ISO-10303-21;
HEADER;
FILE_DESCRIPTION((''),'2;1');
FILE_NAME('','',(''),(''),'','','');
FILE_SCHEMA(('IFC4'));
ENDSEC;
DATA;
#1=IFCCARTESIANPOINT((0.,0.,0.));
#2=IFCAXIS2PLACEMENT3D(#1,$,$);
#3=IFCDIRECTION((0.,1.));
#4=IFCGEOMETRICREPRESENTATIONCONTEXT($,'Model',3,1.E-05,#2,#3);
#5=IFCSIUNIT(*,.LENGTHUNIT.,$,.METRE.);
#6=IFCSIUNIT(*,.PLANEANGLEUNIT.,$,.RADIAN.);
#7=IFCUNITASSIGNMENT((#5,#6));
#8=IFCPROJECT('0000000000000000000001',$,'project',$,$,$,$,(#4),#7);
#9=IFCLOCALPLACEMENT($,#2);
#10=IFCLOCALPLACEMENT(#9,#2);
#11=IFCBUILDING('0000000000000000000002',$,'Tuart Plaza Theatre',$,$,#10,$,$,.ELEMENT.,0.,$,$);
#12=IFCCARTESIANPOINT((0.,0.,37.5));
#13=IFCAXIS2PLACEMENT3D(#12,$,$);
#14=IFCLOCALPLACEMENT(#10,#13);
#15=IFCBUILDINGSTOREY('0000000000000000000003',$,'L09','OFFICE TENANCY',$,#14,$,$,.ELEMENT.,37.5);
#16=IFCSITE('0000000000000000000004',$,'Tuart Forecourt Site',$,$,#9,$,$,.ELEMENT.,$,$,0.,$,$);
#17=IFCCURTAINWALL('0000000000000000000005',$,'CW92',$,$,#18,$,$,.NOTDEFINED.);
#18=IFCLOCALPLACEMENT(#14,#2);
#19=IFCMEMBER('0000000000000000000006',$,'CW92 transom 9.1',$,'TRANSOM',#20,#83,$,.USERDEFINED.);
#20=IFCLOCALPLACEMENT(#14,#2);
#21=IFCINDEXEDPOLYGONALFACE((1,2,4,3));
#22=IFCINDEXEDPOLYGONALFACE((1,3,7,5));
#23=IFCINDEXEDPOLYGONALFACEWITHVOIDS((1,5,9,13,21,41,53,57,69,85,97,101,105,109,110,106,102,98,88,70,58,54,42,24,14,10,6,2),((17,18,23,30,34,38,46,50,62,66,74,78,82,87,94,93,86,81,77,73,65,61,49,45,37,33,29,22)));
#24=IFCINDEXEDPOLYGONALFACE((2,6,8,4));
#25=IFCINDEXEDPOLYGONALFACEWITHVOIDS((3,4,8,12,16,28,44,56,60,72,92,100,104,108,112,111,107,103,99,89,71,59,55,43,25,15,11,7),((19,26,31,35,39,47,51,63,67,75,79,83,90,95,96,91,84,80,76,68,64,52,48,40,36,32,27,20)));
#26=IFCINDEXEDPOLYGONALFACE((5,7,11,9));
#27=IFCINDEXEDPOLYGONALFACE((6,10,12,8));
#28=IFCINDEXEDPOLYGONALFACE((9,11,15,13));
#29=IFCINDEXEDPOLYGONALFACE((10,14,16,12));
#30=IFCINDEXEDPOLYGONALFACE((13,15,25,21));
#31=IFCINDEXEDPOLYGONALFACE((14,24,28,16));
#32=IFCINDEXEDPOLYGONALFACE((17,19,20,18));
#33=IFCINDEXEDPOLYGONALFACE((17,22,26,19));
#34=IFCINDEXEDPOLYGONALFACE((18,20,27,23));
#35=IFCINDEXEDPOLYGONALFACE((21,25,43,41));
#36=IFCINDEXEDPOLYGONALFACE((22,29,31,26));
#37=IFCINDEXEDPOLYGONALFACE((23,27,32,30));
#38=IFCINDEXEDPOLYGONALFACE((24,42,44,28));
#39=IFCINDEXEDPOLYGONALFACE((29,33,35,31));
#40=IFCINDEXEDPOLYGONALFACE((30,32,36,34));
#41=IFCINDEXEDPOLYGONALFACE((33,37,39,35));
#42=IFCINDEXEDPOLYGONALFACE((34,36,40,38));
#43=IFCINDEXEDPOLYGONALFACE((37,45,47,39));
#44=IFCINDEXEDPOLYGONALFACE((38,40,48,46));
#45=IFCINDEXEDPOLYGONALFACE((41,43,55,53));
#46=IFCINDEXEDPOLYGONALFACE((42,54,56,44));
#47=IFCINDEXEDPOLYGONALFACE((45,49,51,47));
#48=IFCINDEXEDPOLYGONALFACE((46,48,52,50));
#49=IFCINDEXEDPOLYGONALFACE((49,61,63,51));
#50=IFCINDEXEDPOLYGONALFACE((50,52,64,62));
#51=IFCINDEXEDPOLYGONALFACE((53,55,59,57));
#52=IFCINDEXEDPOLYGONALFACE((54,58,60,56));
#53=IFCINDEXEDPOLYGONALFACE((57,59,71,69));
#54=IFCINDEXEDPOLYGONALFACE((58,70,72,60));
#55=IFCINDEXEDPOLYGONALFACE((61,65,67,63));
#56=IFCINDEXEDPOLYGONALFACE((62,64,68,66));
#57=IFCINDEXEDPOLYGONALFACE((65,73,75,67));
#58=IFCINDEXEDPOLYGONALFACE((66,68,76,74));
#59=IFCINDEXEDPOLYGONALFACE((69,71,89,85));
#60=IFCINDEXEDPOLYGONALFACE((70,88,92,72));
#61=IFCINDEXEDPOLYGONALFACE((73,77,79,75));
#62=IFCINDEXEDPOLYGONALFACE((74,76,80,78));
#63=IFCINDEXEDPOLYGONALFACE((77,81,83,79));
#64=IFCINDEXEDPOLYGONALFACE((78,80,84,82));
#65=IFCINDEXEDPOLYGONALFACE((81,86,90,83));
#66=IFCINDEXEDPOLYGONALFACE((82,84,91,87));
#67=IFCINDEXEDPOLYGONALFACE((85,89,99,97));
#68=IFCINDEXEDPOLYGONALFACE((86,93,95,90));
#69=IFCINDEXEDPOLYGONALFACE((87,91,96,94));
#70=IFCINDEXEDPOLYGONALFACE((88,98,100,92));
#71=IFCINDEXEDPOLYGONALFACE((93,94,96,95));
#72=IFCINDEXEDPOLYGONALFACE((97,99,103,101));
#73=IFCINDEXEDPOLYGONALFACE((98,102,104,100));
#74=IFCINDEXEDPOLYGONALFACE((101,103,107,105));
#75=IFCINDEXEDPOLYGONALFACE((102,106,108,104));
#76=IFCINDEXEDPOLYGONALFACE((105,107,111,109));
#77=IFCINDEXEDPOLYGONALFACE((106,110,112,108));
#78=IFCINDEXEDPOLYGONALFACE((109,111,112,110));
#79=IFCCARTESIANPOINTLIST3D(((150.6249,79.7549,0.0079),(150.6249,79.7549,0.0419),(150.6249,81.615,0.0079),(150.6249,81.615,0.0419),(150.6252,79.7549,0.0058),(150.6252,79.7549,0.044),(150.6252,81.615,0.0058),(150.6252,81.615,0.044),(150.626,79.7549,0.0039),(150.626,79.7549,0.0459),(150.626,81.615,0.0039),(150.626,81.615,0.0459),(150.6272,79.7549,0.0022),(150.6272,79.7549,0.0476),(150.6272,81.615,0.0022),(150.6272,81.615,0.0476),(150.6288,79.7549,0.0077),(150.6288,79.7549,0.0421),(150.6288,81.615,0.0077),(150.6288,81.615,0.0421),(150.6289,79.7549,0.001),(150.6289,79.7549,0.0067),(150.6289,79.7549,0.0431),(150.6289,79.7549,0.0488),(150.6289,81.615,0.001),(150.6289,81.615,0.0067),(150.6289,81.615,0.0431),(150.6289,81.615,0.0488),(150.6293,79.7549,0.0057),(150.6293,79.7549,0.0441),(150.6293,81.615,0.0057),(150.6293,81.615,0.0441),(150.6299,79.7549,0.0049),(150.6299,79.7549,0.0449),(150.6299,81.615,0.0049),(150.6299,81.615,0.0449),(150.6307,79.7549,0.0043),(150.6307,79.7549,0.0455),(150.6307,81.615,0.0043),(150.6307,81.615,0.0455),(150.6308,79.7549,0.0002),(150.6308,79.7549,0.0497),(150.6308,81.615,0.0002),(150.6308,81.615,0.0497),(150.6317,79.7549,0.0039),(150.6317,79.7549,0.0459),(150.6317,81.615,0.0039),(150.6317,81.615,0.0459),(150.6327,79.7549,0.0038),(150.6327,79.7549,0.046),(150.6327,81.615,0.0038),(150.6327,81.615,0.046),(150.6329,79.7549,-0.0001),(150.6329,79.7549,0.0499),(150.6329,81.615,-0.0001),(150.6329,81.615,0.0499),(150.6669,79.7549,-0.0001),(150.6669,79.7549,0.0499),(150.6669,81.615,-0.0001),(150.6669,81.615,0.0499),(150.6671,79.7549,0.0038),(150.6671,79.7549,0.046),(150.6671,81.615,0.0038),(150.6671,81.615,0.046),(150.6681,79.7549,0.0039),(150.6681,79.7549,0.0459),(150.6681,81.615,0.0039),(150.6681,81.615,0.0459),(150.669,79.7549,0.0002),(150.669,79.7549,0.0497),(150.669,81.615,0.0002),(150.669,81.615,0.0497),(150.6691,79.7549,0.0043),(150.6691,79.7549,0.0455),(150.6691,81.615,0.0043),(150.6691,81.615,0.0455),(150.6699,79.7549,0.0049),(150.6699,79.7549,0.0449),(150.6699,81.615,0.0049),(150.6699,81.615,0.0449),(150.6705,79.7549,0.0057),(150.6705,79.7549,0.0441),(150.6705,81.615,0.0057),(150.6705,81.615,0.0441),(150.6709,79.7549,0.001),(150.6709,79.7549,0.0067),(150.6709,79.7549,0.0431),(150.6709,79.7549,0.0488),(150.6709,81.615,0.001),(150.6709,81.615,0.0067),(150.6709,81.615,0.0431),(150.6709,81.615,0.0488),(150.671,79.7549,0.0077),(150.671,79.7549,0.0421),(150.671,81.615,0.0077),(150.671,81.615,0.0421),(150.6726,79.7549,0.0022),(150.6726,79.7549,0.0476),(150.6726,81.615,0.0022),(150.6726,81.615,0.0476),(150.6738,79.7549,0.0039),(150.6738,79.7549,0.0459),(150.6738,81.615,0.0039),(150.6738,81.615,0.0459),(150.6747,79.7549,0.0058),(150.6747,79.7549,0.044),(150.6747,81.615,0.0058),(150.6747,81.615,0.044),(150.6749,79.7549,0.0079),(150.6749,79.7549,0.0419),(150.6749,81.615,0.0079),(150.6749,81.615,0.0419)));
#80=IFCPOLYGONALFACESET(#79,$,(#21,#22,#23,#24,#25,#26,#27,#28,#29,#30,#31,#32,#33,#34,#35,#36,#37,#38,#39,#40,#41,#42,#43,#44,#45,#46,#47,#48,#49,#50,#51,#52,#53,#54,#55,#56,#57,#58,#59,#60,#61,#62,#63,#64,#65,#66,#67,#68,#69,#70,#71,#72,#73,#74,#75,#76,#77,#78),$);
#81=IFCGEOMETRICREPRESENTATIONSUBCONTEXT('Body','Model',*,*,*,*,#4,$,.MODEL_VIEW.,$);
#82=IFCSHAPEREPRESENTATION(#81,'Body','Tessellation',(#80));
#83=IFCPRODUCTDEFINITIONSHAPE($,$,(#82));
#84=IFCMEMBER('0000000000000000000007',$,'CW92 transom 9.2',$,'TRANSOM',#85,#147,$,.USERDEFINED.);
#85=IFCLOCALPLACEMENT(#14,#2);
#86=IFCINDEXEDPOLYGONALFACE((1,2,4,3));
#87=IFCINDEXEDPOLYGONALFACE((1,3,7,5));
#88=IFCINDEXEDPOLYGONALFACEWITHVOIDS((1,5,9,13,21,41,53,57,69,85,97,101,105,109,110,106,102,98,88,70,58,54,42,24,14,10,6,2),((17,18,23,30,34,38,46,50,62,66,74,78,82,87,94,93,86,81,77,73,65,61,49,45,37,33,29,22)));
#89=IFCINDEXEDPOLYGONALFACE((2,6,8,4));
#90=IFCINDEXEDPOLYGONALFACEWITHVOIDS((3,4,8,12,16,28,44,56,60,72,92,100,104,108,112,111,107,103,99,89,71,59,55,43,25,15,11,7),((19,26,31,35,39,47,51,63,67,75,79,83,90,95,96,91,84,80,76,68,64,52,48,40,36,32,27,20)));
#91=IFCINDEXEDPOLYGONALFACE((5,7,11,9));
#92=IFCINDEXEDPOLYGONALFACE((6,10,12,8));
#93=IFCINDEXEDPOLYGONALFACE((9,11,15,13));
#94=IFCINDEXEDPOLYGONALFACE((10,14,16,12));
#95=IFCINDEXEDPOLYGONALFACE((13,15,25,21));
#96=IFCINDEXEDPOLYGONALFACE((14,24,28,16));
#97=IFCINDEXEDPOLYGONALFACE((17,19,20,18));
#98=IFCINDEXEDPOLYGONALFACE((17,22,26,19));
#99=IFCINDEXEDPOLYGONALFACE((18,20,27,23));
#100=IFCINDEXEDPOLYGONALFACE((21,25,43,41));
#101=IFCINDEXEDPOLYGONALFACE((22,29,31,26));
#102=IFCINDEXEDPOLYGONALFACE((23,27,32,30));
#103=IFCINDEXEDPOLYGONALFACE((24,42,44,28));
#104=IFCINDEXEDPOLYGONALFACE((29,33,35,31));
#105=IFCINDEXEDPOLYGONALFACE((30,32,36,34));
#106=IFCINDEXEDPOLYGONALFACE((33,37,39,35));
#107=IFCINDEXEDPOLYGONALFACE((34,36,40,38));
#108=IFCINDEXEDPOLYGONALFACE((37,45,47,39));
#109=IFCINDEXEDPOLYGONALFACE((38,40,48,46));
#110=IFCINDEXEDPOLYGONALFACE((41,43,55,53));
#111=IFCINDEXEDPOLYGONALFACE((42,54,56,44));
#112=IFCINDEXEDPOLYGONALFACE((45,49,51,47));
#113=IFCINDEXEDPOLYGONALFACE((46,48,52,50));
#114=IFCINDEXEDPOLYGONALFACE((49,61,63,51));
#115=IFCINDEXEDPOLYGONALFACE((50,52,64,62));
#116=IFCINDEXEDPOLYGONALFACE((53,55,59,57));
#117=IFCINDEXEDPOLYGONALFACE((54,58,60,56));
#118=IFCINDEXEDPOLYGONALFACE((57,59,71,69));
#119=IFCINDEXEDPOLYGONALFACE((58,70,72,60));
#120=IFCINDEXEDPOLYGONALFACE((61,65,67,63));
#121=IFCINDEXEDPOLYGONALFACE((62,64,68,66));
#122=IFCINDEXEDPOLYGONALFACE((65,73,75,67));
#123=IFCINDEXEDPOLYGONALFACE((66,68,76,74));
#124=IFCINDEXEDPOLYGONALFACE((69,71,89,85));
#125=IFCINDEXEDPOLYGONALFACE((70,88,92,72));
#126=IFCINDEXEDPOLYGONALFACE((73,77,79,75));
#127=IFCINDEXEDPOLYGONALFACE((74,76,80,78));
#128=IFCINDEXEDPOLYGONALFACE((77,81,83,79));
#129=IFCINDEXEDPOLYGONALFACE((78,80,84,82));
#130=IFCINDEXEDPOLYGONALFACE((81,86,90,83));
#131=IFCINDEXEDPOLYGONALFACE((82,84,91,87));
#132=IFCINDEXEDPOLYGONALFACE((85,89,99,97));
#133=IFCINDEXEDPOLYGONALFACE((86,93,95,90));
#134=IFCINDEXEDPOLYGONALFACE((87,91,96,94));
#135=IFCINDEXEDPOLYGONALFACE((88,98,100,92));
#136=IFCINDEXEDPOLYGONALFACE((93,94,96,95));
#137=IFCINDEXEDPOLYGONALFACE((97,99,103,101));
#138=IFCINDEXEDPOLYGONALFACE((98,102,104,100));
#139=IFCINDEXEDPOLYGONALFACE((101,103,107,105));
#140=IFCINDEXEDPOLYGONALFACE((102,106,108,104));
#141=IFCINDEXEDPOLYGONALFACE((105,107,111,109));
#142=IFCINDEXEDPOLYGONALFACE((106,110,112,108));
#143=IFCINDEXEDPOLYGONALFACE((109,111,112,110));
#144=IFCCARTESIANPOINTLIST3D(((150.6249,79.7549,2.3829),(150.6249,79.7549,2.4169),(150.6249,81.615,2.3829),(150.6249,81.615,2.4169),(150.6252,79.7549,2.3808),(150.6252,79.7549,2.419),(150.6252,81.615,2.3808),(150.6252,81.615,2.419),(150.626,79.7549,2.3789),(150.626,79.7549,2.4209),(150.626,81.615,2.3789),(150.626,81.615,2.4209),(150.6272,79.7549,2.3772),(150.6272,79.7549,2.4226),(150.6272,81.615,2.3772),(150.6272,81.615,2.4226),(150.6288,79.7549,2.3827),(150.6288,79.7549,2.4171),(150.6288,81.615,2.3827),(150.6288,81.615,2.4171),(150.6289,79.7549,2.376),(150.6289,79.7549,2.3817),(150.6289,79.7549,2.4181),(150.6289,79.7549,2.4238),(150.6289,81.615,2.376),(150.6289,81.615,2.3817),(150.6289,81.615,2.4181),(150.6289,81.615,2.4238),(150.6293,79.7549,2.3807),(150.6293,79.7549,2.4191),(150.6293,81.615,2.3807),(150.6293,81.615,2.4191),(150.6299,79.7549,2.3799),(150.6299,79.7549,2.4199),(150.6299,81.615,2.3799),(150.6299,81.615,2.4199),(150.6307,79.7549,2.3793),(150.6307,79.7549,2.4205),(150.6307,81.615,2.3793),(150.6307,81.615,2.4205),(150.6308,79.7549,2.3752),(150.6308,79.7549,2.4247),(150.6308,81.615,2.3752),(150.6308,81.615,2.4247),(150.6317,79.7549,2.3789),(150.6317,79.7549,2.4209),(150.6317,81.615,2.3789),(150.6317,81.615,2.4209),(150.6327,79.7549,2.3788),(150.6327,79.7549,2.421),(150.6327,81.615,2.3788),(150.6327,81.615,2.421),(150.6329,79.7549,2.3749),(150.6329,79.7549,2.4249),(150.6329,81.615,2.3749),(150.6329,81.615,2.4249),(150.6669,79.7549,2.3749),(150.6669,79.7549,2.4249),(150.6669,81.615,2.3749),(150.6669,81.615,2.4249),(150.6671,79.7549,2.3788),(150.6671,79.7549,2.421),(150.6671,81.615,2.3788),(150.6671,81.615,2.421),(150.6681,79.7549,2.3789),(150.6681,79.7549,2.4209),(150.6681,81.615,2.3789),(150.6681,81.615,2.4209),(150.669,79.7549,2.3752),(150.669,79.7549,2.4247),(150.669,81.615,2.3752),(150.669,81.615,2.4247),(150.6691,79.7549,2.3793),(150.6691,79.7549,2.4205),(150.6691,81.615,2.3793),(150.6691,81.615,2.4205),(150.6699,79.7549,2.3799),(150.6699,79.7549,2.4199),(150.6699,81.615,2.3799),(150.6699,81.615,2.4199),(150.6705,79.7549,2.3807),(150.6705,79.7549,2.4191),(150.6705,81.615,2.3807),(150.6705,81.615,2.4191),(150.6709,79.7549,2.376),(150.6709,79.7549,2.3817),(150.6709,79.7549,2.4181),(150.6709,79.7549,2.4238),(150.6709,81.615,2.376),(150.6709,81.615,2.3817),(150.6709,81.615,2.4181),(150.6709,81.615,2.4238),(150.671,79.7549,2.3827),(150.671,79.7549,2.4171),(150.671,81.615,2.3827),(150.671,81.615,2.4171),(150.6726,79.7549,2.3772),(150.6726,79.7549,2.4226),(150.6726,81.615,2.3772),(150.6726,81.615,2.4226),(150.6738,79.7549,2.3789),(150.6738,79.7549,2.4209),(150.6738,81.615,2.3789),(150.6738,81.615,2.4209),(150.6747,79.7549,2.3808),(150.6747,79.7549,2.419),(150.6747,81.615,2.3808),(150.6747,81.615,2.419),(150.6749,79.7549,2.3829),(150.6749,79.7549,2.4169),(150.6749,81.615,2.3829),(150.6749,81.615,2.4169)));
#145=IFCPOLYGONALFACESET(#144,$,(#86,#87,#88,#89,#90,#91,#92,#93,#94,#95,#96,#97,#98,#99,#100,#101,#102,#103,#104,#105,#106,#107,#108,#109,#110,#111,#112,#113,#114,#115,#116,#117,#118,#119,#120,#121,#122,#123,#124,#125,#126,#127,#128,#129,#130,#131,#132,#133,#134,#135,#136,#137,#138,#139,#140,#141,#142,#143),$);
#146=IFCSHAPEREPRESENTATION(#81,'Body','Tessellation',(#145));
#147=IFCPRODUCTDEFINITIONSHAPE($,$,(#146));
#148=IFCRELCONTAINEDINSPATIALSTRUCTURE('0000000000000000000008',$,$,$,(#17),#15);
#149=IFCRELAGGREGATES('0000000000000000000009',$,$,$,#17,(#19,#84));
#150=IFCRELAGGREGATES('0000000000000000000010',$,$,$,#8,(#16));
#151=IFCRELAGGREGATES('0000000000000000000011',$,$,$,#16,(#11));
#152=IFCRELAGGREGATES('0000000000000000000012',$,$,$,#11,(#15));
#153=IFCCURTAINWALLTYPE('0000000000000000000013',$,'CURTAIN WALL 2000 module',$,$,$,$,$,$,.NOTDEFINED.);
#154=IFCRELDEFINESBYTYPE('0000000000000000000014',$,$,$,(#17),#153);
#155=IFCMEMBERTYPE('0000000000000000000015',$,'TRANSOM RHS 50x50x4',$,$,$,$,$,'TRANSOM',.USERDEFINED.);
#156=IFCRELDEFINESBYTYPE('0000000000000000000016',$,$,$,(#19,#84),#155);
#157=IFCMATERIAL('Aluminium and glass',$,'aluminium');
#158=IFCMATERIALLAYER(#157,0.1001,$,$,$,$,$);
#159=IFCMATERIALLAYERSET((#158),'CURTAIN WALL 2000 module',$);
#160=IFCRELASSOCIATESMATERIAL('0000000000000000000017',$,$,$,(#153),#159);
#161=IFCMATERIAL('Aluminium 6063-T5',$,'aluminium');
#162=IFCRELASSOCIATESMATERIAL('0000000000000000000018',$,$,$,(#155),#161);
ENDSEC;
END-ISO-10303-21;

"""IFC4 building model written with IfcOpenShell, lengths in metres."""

from ifc_helpers import new_model, si_unit, direction, frame, origin, origin_2d, place, context, subcontext, project, spatial, hollow_rectangle, extrude, material, layer, layer_set, material_profile, profile_set, type_object, element, aggregate, save


model = new_model("IFC4")

# Units and contexts
model_context = context("Model", 3, precision=1e-05, world=origin(), true_north=direction((0.0, 1.0)))
body_context = subcontext(model_context, "Body", "Model", "MODEL_VIEW")
ifc_project = project(units=[si_unit("LENGTHUNIT", "METRE"), si_unit("PLANEANGLEUNIT", "RADIAN")], contexts=[model_context])

# Site, building, storey
site_placement = place(None, origin())
site = spatial("IfcSite", under=ifc_project, at=site_placement, Name="Tuart Forecourt Site", CompositionType="ELEMENT", RefElevation=0.0)
building_placement = place(site_placement, origin())
building = spatial("IfcBuilding", under=site, at=building_placement, Name="Tuart Plaza Theatre", CompositionType="ELEMENT", ElevationOfRefHeight=0.0)
storey_placement = place(building_placement, frame((0.0, 0.0, 37.5)))
storey = spatial("IfcBuildingStorey", under=building, at=storey_placement, Name="L09", Description="OFFICE TENANCY", CompositionType="ELEMENT", Elevation=37.5)

# Curtain wall, members
ifc_material_1 = material(Name="Aluminium and glass", Category="aluminium")
ifc_layer_1 = layer(ifc_material_1, 0.1001)
ifc_layer_set_1 = layer_set([ifc_layer_1], Name="CURTAIN WALL 2000 module")
curtain_wall_type = type_object("IfcCurtainWallType", Name="CURTAIN WALL 2000 module", PredefinedType="NOTDEFINED", material=ifc_layer_set_1)
curtain_wall_placement = place(storey_placement, origin())
curtain_wall = element("IfcCurtainWall", 1, at=curtain_wall_placement, inside=storey, type_object=curtain_wall_type, Name="CW92", PredefinedType="NOTDEFINED")
ifc_material_2 = material(Name="Aluminium 6063-T5", Category="aluminium")
ifc_material_profile_1 = material_profile(ifc_material_2, hollow_rectangle(XDim=0.05, YDim=0.05, WallThickness=0.0039, InnerFilletRadius=0.0039, OuterFilletRadius=0.0081, at=origin_2d()), Name="RHS 50x50x4")
ifc_profile_set_1 = profile_set([ifc_material_profile_1], Name="Aluminium 6063-T5")
member_type_1 = type_object("IfcMemberType", Name="TRANSOM RHS 50x50x4", ElementType="TRANSOM", PredefinedType="USERDEFINED", material=ifc_profile_set_1)
member_1_placement = place(storey_placement, frame((150.6499, 79.7549, 0.0249), z_axis=(0.0, 1.0, 0.0), x_axis=(-1.0, 0.0, 0.0)))
member_1 = element("IfcMember", 2, at=member_1_placement, type_object=member_type_1, Name="CW92 transom 9.1", ObjectType="TRANSOM", PredefinedType="USERDEFINED", context=body_context, shape_type="SweptSolid", body=[
    extrude(hollow_rectangle(XDim=0.05, YDim=0.05, WallThickness=0.0039, InnerFilletRadius=0.0039, OuterFilletRadius=0.0081, at=origin_2d()), origin(), (0.0, 0.0, 1.0), 1.8601),
])
member_2_placement = place(storey_placement, frame((150.6499, 79.7549, 2.3999), z_axis=(0.0, 1.0, 0.0), x_axis=(-1.0, 0.0, 0.0)))
member_2 = element("IfcMember", 3, at=member_2_placement, type_object=member_type_1, Name="CW92 transom 9.2", ObjectType="TRANSOM", PredefinedType="USERDEFINED", context=body_context, shape_type="SweptSolid", body=[
    extrude(hollow_rectangle(XDim=0.05, YDim=0.05, WallThickness=0.0039, InnerFilletRadius=0.0039, OuterFilletRadius=0.0081, at=origin_2d()), origin(), (0.0, 0.0, 1.0), 1.8601),
])
aggregate(curtain_wall, [member_1, member_2])

save(model, "model.ifc")
